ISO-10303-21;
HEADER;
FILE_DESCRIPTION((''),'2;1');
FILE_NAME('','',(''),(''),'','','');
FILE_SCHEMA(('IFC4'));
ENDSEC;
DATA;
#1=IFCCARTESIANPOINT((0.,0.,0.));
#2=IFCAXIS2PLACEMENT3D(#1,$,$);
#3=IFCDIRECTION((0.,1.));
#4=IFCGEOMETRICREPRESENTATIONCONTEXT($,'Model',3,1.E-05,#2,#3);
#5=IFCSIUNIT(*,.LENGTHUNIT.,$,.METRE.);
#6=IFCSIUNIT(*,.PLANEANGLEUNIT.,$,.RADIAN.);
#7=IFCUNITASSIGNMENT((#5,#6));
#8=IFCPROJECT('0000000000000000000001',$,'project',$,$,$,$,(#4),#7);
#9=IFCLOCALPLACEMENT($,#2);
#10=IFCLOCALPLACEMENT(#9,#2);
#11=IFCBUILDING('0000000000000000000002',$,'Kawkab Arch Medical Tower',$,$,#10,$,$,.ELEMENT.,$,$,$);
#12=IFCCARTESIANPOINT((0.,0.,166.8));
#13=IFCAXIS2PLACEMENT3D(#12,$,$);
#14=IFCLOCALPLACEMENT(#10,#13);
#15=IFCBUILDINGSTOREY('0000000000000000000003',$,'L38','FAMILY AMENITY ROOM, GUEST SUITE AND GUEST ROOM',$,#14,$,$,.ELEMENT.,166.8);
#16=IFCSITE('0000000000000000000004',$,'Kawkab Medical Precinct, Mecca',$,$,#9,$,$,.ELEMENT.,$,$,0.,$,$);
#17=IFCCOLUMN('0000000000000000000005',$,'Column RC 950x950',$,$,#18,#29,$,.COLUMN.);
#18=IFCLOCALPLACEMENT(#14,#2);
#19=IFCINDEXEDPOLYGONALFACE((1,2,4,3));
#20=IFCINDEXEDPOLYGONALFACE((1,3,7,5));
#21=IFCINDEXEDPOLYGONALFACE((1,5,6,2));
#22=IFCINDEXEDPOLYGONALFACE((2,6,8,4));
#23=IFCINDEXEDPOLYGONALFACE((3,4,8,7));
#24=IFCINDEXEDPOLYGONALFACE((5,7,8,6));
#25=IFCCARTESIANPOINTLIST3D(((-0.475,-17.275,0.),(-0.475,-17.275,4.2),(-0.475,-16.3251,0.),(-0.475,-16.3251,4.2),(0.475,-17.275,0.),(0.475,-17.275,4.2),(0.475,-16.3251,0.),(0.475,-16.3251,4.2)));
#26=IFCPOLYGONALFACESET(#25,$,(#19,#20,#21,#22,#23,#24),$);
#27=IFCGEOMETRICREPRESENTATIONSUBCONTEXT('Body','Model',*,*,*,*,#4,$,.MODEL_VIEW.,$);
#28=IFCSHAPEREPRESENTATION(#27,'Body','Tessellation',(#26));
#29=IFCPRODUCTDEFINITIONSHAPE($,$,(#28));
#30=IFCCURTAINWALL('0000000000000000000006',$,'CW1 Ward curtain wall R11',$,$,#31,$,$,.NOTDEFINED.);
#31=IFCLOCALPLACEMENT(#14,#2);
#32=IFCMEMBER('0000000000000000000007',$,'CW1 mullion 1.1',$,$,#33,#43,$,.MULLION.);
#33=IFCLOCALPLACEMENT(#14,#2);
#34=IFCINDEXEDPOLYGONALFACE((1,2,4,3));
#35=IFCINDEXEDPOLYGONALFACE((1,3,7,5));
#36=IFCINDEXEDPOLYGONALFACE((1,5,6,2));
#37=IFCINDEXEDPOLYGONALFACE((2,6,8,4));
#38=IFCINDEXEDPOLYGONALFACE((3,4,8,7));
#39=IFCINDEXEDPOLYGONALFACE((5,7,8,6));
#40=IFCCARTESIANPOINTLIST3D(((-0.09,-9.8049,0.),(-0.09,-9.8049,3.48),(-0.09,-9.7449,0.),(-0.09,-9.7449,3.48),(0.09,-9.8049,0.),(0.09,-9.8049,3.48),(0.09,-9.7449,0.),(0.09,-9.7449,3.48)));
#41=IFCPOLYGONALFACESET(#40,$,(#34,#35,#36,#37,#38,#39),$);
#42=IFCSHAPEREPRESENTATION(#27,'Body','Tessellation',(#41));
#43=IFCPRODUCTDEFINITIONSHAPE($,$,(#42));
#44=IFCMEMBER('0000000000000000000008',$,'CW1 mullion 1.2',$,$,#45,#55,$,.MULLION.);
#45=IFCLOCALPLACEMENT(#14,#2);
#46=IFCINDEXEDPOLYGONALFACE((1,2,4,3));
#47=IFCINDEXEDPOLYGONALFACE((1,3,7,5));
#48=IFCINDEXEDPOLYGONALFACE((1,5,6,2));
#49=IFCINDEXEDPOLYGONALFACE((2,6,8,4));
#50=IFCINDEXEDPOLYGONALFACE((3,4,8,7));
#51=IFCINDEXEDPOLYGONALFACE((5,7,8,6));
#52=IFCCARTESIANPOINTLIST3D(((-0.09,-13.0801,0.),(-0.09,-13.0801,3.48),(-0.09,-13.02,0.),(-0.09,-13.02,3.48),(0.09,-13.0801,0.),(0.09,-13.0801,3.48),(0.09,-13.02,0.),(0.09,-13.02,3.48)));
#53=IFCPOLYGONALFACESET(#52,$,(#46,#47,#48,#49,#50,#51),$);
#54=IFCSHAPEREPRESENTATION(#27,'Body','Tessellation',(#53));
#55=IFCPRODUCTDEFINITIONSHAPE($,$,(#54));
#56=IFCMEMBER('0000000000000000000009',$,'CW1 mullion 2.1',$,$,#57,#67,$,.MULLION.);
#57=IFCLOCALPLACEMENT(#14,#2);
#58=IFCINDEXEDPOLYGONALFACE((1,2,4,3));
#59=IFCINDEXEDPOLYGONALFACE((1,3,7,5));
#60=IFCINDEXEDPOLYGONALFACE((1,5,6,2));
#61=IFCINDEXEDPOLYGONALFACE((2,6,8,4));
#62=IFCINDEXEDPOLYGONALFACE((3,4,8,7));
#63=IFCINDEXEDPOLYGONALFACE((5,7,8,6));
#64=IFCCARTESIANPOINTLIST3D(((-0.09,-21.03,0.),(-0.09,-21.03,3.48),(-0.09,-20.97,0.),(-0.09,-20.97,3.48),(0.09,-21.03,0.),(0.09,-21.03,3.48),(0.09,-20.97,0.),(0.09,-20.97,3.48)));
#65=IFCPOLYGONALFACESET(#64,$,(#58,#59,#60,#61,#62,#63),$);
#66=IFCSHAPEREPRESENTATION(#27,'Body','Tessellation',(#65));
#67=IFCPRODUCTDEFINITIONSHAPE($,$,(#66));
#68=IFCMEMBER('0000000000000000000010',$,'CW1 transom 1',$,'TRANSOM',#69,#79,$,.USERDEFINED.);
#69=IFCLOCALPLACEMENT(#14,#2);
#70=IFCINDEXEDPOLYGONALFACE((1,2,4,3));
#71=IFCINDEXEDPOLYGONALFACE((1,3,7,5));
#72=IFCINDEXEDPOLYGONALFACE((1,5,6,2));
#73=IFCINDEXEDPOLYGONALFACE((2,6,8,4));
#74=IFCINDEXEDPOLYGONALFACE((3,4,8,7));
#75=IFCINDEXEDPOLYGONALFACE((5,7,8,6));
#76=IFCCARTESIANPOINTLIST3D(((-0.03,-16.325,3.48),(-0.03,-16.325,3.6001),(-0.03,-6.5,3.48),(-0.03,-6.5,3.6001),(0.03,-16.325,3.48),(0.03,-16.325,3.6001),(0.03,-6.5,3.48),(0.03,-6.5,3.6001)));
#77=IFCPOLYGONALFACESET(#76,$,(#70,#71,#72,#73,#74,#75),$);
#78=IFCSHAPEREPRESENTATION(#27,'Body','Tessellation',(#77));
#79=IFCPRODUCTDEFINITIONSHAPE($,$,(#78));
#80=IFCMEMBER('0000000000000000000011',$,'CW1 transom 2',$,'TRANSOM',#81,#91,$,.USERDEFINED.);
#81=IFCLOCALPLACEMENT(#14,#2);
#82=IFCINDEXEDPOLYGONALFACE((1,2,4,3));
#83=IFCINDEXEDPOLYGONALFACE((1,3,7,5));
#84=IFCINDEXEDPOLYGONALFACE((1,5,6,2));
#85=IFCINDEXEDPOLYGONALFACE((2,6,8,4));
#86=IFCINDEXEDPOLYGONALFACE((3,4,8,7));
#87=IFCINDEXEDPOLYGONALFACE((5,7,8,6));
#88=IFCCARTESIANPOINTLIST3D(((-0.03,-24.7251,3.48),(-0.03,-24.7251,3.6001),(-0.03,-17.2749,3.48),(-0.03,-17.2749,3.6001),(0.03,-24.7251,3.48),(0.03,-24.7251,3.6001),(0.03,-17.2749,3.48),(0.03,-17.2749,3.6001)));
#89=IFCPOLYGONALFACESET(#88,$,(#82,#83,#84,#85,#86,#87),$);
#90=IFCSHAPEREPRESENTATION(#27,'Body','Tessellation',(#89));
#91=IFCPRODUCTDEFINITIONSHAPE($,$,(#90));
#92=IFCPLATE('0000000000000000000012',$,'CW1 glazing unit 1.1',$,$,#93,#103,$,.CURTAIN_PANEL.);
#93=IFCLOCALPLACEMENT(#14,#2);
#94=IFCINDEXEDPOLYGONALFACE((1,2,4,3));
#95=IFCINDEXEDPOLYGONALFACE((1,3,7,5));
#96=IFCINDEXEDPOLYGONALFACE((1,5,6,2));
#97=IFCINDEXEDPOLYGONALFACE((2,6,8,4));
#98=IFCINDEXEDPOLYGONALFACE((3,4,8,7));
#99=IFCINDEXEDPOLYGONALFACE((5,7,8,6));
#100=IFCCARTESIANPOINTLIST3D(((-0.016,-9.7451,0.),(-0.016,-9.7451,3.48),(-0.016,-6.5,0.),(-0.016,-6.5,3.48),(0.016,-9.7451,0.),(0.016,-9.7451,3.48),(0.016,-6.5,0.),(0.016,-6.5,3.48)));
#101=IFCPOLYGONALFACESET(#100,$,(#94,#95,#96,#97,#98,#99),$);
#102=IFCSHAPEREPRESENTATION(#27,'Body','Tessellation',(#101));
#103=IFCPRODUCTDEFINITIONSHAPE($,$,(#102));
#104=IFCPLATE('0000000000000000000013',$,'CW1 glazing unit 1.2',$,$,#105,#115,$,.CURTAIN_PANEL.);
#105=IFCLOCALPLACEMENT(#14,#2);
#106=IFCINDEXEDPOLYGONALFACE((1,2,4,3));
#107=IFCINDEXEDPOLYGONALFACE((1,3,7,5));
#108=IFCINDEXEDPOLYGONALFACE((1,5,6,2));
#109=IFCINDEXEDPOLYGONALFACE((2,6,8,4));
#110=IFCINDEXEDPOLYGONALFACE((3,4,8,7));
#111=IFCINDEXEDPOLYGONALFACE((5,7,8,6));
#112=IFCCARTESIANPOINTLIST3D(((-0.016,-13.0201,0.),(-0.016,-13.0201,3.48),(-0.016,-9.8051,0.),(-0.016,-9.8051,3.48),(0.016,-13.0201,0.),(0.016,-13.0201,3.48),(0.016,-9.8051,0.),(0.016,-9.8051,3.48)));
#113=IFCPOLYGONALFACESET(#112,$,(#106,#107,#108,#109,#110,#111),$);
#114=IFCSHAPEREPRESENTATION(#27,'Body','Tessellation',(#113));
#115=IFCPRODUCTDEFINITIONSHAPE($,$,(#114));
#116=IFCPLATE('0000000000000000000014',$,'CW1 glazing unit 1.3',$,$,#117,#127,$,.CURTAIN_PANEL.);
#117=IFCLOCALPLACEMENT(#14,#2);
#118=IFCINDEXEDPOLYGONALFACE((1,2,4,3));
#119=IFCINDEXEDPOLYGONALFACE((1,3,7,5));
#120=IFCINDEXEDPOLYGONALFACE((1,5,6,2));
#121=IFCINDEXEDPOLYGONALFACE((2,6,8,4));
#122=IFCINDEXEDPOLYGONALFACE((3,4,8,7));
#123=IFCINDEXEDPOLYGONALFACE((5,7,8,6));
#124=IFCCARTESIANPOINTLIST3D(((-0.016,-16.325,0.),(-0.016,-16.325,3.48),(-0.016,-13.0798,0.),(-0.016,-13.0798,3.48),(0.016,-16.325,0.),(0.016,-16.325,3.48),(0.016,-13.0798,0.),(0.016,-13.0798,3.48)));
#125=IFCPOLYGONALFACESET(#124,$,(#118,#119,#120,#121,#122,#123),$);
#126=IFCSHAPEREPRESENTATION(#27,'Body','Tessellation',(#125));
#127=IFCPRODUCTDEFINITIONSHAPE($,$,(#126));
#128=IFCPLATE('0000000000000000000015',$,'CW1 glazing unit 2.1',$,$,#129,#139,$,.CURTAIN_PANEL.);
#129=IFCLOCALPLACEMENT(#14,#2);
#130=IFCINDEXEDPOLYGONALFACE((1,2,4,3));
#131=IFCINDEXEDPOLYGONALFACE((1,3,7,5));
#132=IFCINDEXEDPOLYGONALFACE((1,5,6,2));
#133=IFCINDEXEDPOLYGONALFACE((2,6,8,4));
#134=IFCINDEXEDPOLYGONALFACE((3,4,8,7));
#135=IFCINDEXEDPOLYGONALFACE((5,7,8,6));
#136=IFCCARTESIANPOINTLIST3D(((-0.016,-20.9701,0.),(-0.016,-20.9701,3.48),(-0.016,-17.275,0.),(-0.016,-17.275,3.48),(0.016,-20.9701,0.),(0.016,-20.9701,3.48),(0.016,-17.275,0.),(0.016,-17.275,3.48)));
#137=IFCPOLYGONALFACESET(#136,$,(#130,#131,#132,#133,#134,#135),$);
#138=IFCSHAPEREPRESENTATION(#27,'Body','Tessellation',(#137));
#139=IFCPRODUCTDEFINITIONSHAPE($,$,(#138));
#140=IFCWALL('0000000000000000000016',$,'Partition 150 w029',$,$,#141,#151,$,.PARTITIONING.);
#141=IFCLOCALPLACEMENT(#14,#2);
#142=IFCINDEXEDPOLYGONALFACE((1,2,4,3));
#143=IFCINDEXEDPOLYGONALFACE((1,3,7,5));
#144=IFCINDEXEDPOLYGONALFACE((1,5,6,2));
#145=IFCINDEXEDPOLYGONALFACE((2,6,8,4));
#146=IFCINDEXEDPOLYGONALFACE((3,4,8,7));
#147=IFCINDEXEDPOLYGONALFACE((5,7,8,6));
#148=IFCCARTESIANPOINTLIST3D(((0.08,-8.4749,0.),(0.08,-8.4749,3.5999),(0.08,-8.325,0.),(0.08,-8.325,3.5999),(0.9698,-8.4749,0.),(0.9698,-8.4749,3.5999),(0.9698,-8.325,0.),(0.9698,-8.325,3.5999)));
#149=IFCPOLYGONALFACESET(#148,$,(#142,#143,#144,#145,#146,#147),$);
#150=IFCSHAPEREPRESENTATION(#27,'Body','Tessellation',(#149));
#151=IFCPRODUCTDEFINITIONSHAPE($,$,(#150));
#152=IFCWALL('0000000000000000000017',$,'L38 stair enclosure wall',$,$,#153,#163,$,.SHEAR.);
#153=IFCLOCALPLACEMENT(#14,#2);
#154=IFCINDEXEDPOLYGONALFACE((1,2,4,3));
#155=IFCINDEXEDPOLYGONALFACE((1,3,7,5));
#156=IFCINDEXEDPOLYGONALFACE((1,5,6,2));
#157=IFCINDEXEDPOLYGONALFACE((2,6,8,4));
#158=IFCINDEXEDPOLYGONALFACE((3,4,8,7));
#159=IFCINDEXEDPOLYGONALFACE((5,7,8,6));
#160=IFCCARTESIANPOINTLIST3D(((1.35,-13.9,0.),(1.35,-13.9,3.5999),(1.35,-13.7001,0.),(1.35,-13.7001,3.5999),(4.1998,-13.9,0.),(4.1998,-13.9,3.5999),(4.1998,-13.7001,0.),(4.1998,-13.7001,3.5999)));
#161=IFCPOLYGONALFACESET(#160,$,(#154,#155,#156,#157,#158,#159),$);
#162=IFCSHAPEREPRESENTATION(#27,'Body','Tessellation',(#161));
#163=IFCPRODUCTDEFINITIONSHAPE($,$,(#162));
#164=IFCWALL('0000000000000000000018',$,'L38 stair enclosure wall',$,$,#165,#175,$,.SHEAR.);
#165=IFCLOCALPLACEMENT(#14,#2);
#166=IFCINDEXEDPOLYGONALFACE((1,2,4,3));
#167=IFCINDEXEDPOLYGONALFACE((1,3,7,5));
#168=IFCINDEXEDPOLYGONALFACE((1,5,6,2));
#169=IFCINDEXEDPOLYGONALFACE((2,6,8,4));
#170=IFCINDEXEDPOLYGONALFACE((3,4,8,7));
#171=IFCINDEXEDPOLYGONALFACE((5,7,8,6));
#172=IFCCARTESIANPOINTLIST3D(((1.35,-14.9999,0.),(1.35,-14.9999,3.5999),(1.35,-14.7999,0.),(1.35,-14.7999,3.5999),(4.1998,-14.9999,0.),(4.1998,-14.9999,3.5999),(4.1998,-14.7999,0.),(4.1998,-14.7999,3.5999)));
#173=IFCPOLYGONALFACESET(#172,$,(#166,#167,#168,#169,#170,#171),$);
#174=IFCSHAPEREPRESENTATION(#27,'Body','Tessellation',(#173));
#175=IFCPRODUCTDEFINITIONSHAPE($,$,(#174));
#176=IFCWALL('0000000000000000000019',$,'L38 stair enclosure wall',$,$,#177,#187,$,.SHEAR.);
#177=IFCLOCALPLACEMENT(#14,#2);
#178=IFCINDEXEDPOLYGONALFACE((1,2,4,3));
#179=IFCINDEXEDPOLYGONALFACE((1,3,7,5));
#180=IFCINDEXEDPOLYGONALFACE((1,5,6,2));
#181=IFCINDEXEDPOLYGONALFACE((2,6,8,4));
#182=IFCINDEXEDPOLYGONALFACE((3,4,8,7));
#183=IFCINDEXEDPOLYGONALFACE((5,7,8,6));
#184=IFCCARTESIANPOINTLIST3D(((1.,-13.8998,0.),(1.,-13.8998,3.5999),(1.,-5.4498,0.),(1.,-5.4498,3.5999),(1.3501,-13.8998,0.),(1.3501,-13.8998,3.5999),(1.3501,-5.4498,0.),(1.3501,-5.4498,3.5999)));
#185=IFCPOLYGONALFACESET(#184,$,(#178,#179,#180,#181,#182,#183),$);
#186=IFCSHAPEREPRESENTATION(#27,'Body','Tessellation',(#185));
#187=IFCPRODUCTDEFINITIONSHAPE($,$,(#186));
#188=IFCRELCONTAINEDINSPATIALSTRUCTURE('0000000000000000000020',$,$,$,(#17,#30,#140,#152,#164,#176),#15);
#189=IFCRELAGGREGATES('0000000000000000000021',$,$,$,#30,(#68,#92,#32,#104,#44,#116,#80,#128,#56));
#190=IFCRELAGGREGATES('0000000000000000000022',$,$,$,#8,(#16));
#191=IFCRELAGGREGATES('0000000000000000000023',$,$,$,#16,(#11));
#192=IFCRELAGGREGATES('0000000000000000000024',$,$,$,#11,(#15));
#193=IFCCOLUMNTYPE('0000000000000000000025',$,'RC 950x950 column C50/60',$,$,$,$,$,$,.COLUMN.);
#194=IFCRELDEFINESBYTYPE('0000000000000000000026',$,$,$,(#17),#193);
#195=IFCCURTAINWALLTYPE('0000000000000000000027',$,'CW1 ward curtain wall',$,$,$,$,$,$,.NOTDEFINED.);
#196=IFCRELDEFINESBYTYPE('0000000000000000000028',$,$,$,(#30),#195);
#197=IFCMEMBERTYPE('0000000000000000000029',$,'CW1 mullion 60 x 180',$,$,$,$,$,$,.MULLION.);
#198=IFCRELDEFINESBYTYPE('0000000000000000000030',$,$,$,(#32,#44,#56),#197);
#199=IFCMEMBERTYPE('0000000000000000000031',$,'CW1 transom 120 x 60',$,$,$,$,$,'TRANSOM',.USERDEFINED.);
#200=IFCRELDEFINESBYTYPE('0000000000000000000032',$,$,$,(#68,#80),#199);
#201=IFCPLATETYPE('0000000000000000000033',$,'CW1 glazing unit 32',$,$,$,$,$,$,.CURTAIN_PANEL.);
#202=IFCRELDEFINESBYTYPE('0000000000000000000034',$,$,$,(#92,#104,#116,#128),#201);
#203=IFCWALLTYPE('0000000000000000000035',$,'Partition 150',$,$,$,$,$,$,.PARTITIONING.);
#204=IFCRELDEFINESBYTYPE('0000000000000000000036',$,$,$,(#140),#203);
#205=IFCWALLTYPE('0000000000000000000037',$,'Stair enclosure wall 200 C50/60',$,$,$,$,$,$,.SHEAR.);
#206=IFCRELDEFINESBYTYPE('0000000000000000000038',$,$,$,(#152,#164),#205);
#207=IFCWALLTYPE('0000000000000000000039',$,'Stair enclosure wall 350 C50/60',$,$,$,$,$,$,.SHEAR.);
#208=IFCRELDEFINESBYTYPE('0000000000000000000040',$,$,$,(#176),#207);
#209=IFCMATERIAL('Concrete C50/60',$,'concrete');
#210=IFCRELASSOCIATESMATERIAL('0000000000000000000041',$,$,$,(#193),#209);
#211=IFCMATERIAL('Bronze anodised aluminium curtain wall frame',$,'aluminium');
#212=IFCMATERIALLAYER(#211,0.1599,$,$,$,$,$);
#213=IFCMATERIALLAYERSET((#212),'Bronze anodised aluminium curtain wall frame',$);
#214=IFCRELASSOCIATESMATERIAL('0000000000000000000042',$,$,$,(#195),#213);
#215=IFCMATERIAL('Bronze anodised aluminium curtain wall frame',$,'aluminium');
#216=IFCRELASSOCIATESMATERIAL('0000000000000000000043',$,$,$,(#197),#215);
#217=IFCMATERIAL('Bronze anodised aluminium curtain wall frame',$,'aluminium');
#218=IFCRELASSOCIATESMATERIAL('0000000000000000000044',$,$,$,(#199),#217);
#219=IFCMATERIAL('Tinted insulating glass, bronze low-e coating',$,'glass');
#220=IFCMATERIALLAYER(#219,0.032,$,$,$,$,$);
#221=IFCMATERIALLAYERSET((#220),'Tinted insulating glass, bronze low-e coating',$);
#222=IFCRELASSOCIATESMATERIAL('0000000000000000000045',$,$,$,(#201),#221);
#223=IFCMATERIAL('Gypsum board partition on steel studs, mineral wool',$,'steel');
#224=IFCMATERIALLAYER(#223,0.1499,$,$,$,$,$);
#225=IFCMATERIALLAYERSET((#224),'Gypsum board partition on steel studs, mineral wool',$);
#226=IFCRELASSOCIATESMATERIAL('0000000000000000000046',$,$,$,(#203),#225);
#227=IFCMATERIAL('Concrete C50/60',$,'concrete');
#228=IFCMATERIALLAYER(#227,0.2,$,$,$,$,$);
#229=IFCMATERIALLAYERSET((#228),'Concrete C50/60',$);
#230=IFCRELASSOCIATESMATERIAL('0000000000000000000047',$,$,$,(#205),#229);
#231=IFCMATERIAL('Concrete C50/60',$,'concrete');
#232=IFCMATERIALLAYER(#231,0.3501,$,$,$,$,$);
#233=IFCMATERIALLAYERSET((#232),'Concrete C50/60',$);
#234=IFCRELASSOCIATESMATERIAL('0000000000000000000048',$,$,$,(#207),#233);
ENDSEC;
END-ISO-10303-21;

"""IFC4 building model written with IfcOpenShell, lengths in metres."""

from ifc_helpers import new_model, si_unit, direction, frame, frame_2d, origin, origin_2d, place, context, subcontext, project, spatial, rectangle, extrude, material, layer, layer_set, material_profile, profile_set, type_object, element, aggregate, save


model = new_model("IFC4")

# Units and contexts
model_context = context("Model", 3, precision=1e-05, world=origin(), true_north=direction((0.0, 1.0)))
body_context = subcontext(model_context, "Body", "Model", "MODEL_VIEW")
ifc_project = project(units=[si_unit("LENGTHUNIT", "METRE"), si_unit("PLANEANGLEUNIT", "RADIAN")], contexts=[model_context])

# Site, building, storey
site_placement = place(None, origin())
site = spatial("IfcSite", under=ifc_project, at=site_placement, Name="Kawkab Medical Precinct, Mecca", CompositionType="ELEMENT", RefElevation=0.0)
building_placement = place(site_placement, origin())
building = spatial("IfcBuilding", under=site, at=building_placement, Name="Kawkab Arch Medical Tower", CompositionType="ELEMENT")
storey_placement = place(building_placement, frame((0.0, 0.0, 166.8)))
storey = spatial("IfcBuildingStorey", under=building, at=storey_placement, Name="L38", Description="FAMILY AMENITY ROOM, GUEST SUITE AND GUEST ROOM", CompositionType="ELEMENT", Elevation=166.8)

# Column
ifc_material_1 = material(Name="Concrete C50/60", Category="concrete")
ifc_material_profile_1 = material_profile(ifc_material_1, rectangle(XDim=0.95, YDim=0.95, at=origin_2d()), Name="RC 950x950")
ifc_profile_set_1 = profile_set([ifc_material_profile_1], Name="Concrete C50/60")
column_type = type_object("IfcColumnType", Name="RC 950x950 column C50/60", PredefinedType="COLUMN", material=ifc_profile_set_1)
column_placement = place(storey_placement, frame((0.0, -16.8, 0.0), z_axis=(0.0, 0.0, 1.0), x_axis=(1.0, 0.0, 0.0)))
element("IfcColumn", 1, at=column_placement, inside=storey, type_object=column_type, Name="Column RC 950x950", PredefinedType="COLUMN", context=body_context, shape_type="SweptSolid", body=[
    extrude(rectangle(XDim=0.95, YDim=0.95, at=origin_2d()), origin(), (0.0, 0.0, 1.0), 4.2),
])

# Curtain wall, members, plates
ifc_material_2 = material(Name="Bronze anodised aluminium curtain wall frame", Category="aluminium")
ifc_layer_1 = layer(ifc_material_2, 0.1599)
ifc_layer_set_1 = layer_set([ifc_layer_1], Name="Bronze anodised aluminium curtain wall frame")
curtain_wall_type = type_object("IfcCurtainWallType", Name="CW1 ward curtain wall", PredefinedType="NOTDEFINED", material=ifc_layer_set_1)
placement = place(storey_placement, origin())
curtain_wall = element("IfcCurtainWall", 2, at=placement, inside=storey, type_object=curtain_wall_type, Name="CW1 Ward curtain wall R11", PredefinedType="NOTDEFINED")
ifc_material_3 = material(Name="Bronze anodised aluminium curtain wall frame", Category="aluminium")
ifc_material_profile_2 = material_profile(ifc_material_3, rectangle(XDim=0.1799, YDim=0.0601, at=origin_2d()), Name="AL 60x180")
ifc_profile_set_2 = profile_set([ifc_material_profile_2], Name="Bronze anodised aluminium curtain wall frame")
member_type_1 = type_object("IfcMemberType", Name="CW1 mullion 60 x 180", PredefinedType="MULLION", material=ifc_profile_set_2)
member_1_placement = place(storey_placement, frame((0.0, -9.7749, 0.0), z_axis=(0.0, 0.0, 1.0), x_axis=(1.0, 0.0, 0.0)))
member_1 = element("IfcMember", 3, at=member_1_placement, type_object=member_type_1, Name="CW1 mullion 1.1", PredefinedType="MULLION", context=body_context, shape_type="SweptSolid", body=[
    extrude(rectangle(XDim=0.1799, YDim=0.0601, at=origin_2d()), origin(), (0.0, 0.0, 1.0), 3.48),
])
member_2_placement = place(storey_placement, frame((0.0, -13.05, 0.0), z_axis=(0.0, 0.0, 1.0), x_axis=(1.0, 0.0, 0.0)))
member_2 = element("IfcMember", 4, at=member_2_placement, type_object=member_type_1, Name="CW1 mullion 1.2", PredefinedType="MULLION", context=body_context, shape_type="SweptSolid", body=[
    extrude(rectangle(XDim=0.1799, YDim=0.0601, at=origin_2d()), origin(), (0.0, 0.0, 1.0), 3.48),
])
member_3_placement = place(storey_placement, frame((0.0, -21.0, 0.0), z_axis=(0.0, 0.0, 1.0), x_axis=(1.0, 0.0, 0.0)))
member_3 = element("IfcMember", 5, at=member_3_placement, type_object=member_type_1, Name="CW1 mullion 2.1", PredefinedType="MULLION", context=body_context, shape_type="SweptSolid", body=[
    extrude(rectangle(XDim=0.1799, YDim=0.0601, at=origin_2d()), origin(), (0.0, 0.0, 1.0), 3.48),
])
ifc_material_4 = material(Name="Bronze anodised aluminium curtain wall frame", Category="aluminium")
ifc_material_profile_3 = material_profile(ifc_material_4, rectangle(XDim=0.0601, YDim=0.1201, at=origin_2d()), Name="AL 60x120")
ifc_profile_set_3 = profile_set([ifc_material_profile_3], Name="Bronze anodised aluminium curtain wall frame")
member_type_2 = type_object("IfcMemberType", Name="CW1 transom 120 x 60", ElementType="TRANSOM", PredefinedType="USERDEFINED", material=ifc_profile_set_3)
member_4_placement = place(storey_placement, frame((0.0, -6.5, 3.54), z_axis=(0.0, -1.0, 0.0), x_axis=(1.0, 0.0, 0.0)))
member_4 = element("IfcMember", 6, at=member_4_placement, type_object=member_type_2, Name="CW1 transom 1", ObjectType="TRANSOM", PredefinedType="USERDEFINED", context=body_context, shape_type="SweptSolid", body=[
    extrude(rectangle(XDim=0.0601, YDim=0.1201, at=origin_2d()), origin(), (0.0, 0.0, 1.0), 9.825),
])
member_5_placement = place(storey_placement, frame((0.0, -17.2749, 3.54), z_axis=(0.0, -1.0, 0.0), x_axis=(1.0, 0.0, 0.0)))
member_5 = element("IfcMember", 7, at=member_5_placement, type_object=member_type_2, Name="CW1 transom 2", ObjectType="TRANSOM", PredefinedType="USERDEFINED", context=body_context, shape_type="SweptSolid", body=[
    extrude(rectangle(XDim=0.0601, YDim=0.1201, at=origin_2d()), origin(), (0.0, 0.0, 1.0), 7.4502),
])
ifc_material_5 = material(Name="Tinted insulating glass, bronze low-e coating", Category="glass")
ifc_layer_2 = layer(ifc_material_5, 0.032)
ifc_layer_set_2 = layer_set([ifc_layer_2], Name="Tinted insulating glass, bronze low-e coating")
plate_type = type_object("IfcPlateType", Name="CW1 glazing unit 32", PredefinedType="CURTAIN_PANEL", material=ifc_layer_set_2)
plate_1_placement = place(storey_placement, frame((0.0, -8.1226, 0.0), z_axis=(0.0, 0.0, 1.0), x_axis=(0.0, -1.0, 0.0)))
plate_1 = element("IfcPlate", 8, at=plate_1_placement, type_object=plate_type, Name="CW1 glazing unit 1.1", PredefinedType="CURTAIN_PANEL", context=body_context, shape_type="SweptSolid", body=[
    extrude(rectangle(XDim=3.2451, YDim=0.032, at=origin_2d()), origin(), (0.0, 0.0, 1.0), 3.48),
])
plate_2_placement = place(storey_placement, frame((0.0, -11.4126, 0.0), z_axis=(0.0, 0.0, 1.0), x_axis=(0.0, -1.0, 0.0)))
plate_2 = element("IfcPlate", 9, at=plate_2_placement, type_object=plate_type, Name="CW1 glazing unit 1.2", PredefinedType="CURTAIN_PANEL", context=body_context, shape_type="SweptSolid", body=[
    extrude(rectangle(XDim=3.2151, YDim=0.032, at=origin_2d()), origin(), (0.0, 0.0, 1.0), 3.48),
])
plate_3_placement = place(storey_placement, frame((0.0, -14.7024, 0.0), z_axis=(0.0, 0.0, 1.0), x_axis=(0.0, -1.0, 0.0)))
plate_3 = element("IfcPlate", 10, at=plate_3_placement, type_object=plate_type, Name="CW1 glazing unit 1.3", PredefinedType="CURTAIN_PANEL", context=body_context, shape_type="SweptSolid", body=[
    extrude(rectangle(XDim=3.2451, YDim=0.032, at=origin_2d()), origin(), (0.0, 0.0, 1.0), 3.48),
])
plate_4_placement = place(storey_placement, frame((0.0, -19.1226, 0.0), z_axis=(0.0, 0.0, 1.0), x_axis=(0.0, -1.0, 0.0)))
plate_4 = element("IfcPlate", 11, at=plate_4_placement, type_object=plate_type, Name="CW1 glazing unit 2.1", PredefinedType="CURTAIN_PANEL", context=body_context, shape_type="SweptSolid", body=[
    extrude(rectangle(XDim=3.6951, YDim=0.032, at=origin_2d()), origin(), (0.0, 0.0, 1.0), 3.48),
])
aggregate(curtain_wall, [member_4, plate_1, member_1, plate_2, member_2, plate_3, member_5, plate_4, member_3])

# Walls
ifc_material_6 = material(Name="Gypsum board partition on steel studs, mineral wool", Category="steel")
ifc_layer_3 = layer(ifc_material_6, 0.1499)
ifc_layer_set_3 = layer_set([ifc_layer_3], Name="Gypsum board partition on steel studs, mineral wool")
wall_type_1 = type_object("IfcWallType", Name="Partition 150", PredefinedType="PARTITIONING", material=ifc_layer_set_3)
wall_1_placement = place(storey_placement, frame((0.0801, -8.3999, 0.0), z_axis=(0.0, 0.0, 1.0), x_axis=(1.0, 0.0, 0.0)))
element("IfcWall", 12, at=wall_1_placement, inside=storey, type_object=wall_type_1, Name="Partition 150 w029", PredefinedType="PARTITIONING", context=body_context, shape_type="SweptSolid", body=[
    extrude(rectangle(XDim=0.8899, YDim=0.1499, at=frame_2d((0.4448, 0.0))), origin(), (0.0, 0.0, 1.0), 3.5999),
])
ifc_material_7 = material(Name="Concrete C50/60", Category="concrete")
ifc_layer_4 = layer(ifc_material_7, 0.2)
ifc_layer_set_4 = layer_set([ifc_layer_4], Name="Concrete C50/60")
wall_type_2 = type_object("IfcWallType", Name="Stair enclosure wall 200 C50/60", PredefinedType="SHEAR", material=ifc_layer_set_4)
for number, where, z_axis, x_axis, name in (
    (13, (1.3501, -13.8, 0.0), (0.0, 0.0, 1.0), (1.0, 0.0, 0.0), "L38 stair enclosure wall"),
    (14, (1.3501, -14.8999, 0.0), (0.0, 0.0, 1.0), (1.0, 0.0, 0.0), "L38 stair enclosure wall"),
):
    element("IfcWall", number, at=place(storey_placement, frame(where, z_axis=z_axis, x_axis=x_axis)), inside=storey, type_object=wall_type_2, Name=name, PredefinedType="SHEAR", context=body_context, shape_type="SweptSolid", body=[
        extrude(rectangle(XDim=2.8499, YDim=0.2, at=frame_2d((1.4248, 0.0))), origin(), (0.0, 0.0, 1.0), 3.5999),
    ])
ifc_material_8 = material(Name="Concrete C50/60", Category="concrete")
ifc_layer_5 = layer(ifc_material_8, 0.3501)
ifc_layer_set_5 = layer_set([ifc_layer_5], Name="Concrete C50/60")
wall_type_3 = type_object("IfcWallType", Name="Stair enclosure wall 350 C50/60", PredefinedType="SHEAR", material=ifc_layer_set_5)
wall_2_placement = place(storey_placement, frame((1.175, -13.8999, 0.0), z_axis=(0.0, 0.0, 1.0), x_axis=(0.0, 1.0, 0.0)))
element("IfcWall", 15, at=wall_2_placement, inside=storey, type_object=wall_type_3, Name="L38 stair enclosure wall", PredefinedType="SHEAR", context=body_context, shape_type="SweptSolid", body=[
    extrude(rectangle(XDim=8.45, YDim=0.3501, at=frame_2d((4.2251, 0.0))), origin(), (0.0, 0.0, 1.0), 3.5999),
])

save(model, "model.ifc")
